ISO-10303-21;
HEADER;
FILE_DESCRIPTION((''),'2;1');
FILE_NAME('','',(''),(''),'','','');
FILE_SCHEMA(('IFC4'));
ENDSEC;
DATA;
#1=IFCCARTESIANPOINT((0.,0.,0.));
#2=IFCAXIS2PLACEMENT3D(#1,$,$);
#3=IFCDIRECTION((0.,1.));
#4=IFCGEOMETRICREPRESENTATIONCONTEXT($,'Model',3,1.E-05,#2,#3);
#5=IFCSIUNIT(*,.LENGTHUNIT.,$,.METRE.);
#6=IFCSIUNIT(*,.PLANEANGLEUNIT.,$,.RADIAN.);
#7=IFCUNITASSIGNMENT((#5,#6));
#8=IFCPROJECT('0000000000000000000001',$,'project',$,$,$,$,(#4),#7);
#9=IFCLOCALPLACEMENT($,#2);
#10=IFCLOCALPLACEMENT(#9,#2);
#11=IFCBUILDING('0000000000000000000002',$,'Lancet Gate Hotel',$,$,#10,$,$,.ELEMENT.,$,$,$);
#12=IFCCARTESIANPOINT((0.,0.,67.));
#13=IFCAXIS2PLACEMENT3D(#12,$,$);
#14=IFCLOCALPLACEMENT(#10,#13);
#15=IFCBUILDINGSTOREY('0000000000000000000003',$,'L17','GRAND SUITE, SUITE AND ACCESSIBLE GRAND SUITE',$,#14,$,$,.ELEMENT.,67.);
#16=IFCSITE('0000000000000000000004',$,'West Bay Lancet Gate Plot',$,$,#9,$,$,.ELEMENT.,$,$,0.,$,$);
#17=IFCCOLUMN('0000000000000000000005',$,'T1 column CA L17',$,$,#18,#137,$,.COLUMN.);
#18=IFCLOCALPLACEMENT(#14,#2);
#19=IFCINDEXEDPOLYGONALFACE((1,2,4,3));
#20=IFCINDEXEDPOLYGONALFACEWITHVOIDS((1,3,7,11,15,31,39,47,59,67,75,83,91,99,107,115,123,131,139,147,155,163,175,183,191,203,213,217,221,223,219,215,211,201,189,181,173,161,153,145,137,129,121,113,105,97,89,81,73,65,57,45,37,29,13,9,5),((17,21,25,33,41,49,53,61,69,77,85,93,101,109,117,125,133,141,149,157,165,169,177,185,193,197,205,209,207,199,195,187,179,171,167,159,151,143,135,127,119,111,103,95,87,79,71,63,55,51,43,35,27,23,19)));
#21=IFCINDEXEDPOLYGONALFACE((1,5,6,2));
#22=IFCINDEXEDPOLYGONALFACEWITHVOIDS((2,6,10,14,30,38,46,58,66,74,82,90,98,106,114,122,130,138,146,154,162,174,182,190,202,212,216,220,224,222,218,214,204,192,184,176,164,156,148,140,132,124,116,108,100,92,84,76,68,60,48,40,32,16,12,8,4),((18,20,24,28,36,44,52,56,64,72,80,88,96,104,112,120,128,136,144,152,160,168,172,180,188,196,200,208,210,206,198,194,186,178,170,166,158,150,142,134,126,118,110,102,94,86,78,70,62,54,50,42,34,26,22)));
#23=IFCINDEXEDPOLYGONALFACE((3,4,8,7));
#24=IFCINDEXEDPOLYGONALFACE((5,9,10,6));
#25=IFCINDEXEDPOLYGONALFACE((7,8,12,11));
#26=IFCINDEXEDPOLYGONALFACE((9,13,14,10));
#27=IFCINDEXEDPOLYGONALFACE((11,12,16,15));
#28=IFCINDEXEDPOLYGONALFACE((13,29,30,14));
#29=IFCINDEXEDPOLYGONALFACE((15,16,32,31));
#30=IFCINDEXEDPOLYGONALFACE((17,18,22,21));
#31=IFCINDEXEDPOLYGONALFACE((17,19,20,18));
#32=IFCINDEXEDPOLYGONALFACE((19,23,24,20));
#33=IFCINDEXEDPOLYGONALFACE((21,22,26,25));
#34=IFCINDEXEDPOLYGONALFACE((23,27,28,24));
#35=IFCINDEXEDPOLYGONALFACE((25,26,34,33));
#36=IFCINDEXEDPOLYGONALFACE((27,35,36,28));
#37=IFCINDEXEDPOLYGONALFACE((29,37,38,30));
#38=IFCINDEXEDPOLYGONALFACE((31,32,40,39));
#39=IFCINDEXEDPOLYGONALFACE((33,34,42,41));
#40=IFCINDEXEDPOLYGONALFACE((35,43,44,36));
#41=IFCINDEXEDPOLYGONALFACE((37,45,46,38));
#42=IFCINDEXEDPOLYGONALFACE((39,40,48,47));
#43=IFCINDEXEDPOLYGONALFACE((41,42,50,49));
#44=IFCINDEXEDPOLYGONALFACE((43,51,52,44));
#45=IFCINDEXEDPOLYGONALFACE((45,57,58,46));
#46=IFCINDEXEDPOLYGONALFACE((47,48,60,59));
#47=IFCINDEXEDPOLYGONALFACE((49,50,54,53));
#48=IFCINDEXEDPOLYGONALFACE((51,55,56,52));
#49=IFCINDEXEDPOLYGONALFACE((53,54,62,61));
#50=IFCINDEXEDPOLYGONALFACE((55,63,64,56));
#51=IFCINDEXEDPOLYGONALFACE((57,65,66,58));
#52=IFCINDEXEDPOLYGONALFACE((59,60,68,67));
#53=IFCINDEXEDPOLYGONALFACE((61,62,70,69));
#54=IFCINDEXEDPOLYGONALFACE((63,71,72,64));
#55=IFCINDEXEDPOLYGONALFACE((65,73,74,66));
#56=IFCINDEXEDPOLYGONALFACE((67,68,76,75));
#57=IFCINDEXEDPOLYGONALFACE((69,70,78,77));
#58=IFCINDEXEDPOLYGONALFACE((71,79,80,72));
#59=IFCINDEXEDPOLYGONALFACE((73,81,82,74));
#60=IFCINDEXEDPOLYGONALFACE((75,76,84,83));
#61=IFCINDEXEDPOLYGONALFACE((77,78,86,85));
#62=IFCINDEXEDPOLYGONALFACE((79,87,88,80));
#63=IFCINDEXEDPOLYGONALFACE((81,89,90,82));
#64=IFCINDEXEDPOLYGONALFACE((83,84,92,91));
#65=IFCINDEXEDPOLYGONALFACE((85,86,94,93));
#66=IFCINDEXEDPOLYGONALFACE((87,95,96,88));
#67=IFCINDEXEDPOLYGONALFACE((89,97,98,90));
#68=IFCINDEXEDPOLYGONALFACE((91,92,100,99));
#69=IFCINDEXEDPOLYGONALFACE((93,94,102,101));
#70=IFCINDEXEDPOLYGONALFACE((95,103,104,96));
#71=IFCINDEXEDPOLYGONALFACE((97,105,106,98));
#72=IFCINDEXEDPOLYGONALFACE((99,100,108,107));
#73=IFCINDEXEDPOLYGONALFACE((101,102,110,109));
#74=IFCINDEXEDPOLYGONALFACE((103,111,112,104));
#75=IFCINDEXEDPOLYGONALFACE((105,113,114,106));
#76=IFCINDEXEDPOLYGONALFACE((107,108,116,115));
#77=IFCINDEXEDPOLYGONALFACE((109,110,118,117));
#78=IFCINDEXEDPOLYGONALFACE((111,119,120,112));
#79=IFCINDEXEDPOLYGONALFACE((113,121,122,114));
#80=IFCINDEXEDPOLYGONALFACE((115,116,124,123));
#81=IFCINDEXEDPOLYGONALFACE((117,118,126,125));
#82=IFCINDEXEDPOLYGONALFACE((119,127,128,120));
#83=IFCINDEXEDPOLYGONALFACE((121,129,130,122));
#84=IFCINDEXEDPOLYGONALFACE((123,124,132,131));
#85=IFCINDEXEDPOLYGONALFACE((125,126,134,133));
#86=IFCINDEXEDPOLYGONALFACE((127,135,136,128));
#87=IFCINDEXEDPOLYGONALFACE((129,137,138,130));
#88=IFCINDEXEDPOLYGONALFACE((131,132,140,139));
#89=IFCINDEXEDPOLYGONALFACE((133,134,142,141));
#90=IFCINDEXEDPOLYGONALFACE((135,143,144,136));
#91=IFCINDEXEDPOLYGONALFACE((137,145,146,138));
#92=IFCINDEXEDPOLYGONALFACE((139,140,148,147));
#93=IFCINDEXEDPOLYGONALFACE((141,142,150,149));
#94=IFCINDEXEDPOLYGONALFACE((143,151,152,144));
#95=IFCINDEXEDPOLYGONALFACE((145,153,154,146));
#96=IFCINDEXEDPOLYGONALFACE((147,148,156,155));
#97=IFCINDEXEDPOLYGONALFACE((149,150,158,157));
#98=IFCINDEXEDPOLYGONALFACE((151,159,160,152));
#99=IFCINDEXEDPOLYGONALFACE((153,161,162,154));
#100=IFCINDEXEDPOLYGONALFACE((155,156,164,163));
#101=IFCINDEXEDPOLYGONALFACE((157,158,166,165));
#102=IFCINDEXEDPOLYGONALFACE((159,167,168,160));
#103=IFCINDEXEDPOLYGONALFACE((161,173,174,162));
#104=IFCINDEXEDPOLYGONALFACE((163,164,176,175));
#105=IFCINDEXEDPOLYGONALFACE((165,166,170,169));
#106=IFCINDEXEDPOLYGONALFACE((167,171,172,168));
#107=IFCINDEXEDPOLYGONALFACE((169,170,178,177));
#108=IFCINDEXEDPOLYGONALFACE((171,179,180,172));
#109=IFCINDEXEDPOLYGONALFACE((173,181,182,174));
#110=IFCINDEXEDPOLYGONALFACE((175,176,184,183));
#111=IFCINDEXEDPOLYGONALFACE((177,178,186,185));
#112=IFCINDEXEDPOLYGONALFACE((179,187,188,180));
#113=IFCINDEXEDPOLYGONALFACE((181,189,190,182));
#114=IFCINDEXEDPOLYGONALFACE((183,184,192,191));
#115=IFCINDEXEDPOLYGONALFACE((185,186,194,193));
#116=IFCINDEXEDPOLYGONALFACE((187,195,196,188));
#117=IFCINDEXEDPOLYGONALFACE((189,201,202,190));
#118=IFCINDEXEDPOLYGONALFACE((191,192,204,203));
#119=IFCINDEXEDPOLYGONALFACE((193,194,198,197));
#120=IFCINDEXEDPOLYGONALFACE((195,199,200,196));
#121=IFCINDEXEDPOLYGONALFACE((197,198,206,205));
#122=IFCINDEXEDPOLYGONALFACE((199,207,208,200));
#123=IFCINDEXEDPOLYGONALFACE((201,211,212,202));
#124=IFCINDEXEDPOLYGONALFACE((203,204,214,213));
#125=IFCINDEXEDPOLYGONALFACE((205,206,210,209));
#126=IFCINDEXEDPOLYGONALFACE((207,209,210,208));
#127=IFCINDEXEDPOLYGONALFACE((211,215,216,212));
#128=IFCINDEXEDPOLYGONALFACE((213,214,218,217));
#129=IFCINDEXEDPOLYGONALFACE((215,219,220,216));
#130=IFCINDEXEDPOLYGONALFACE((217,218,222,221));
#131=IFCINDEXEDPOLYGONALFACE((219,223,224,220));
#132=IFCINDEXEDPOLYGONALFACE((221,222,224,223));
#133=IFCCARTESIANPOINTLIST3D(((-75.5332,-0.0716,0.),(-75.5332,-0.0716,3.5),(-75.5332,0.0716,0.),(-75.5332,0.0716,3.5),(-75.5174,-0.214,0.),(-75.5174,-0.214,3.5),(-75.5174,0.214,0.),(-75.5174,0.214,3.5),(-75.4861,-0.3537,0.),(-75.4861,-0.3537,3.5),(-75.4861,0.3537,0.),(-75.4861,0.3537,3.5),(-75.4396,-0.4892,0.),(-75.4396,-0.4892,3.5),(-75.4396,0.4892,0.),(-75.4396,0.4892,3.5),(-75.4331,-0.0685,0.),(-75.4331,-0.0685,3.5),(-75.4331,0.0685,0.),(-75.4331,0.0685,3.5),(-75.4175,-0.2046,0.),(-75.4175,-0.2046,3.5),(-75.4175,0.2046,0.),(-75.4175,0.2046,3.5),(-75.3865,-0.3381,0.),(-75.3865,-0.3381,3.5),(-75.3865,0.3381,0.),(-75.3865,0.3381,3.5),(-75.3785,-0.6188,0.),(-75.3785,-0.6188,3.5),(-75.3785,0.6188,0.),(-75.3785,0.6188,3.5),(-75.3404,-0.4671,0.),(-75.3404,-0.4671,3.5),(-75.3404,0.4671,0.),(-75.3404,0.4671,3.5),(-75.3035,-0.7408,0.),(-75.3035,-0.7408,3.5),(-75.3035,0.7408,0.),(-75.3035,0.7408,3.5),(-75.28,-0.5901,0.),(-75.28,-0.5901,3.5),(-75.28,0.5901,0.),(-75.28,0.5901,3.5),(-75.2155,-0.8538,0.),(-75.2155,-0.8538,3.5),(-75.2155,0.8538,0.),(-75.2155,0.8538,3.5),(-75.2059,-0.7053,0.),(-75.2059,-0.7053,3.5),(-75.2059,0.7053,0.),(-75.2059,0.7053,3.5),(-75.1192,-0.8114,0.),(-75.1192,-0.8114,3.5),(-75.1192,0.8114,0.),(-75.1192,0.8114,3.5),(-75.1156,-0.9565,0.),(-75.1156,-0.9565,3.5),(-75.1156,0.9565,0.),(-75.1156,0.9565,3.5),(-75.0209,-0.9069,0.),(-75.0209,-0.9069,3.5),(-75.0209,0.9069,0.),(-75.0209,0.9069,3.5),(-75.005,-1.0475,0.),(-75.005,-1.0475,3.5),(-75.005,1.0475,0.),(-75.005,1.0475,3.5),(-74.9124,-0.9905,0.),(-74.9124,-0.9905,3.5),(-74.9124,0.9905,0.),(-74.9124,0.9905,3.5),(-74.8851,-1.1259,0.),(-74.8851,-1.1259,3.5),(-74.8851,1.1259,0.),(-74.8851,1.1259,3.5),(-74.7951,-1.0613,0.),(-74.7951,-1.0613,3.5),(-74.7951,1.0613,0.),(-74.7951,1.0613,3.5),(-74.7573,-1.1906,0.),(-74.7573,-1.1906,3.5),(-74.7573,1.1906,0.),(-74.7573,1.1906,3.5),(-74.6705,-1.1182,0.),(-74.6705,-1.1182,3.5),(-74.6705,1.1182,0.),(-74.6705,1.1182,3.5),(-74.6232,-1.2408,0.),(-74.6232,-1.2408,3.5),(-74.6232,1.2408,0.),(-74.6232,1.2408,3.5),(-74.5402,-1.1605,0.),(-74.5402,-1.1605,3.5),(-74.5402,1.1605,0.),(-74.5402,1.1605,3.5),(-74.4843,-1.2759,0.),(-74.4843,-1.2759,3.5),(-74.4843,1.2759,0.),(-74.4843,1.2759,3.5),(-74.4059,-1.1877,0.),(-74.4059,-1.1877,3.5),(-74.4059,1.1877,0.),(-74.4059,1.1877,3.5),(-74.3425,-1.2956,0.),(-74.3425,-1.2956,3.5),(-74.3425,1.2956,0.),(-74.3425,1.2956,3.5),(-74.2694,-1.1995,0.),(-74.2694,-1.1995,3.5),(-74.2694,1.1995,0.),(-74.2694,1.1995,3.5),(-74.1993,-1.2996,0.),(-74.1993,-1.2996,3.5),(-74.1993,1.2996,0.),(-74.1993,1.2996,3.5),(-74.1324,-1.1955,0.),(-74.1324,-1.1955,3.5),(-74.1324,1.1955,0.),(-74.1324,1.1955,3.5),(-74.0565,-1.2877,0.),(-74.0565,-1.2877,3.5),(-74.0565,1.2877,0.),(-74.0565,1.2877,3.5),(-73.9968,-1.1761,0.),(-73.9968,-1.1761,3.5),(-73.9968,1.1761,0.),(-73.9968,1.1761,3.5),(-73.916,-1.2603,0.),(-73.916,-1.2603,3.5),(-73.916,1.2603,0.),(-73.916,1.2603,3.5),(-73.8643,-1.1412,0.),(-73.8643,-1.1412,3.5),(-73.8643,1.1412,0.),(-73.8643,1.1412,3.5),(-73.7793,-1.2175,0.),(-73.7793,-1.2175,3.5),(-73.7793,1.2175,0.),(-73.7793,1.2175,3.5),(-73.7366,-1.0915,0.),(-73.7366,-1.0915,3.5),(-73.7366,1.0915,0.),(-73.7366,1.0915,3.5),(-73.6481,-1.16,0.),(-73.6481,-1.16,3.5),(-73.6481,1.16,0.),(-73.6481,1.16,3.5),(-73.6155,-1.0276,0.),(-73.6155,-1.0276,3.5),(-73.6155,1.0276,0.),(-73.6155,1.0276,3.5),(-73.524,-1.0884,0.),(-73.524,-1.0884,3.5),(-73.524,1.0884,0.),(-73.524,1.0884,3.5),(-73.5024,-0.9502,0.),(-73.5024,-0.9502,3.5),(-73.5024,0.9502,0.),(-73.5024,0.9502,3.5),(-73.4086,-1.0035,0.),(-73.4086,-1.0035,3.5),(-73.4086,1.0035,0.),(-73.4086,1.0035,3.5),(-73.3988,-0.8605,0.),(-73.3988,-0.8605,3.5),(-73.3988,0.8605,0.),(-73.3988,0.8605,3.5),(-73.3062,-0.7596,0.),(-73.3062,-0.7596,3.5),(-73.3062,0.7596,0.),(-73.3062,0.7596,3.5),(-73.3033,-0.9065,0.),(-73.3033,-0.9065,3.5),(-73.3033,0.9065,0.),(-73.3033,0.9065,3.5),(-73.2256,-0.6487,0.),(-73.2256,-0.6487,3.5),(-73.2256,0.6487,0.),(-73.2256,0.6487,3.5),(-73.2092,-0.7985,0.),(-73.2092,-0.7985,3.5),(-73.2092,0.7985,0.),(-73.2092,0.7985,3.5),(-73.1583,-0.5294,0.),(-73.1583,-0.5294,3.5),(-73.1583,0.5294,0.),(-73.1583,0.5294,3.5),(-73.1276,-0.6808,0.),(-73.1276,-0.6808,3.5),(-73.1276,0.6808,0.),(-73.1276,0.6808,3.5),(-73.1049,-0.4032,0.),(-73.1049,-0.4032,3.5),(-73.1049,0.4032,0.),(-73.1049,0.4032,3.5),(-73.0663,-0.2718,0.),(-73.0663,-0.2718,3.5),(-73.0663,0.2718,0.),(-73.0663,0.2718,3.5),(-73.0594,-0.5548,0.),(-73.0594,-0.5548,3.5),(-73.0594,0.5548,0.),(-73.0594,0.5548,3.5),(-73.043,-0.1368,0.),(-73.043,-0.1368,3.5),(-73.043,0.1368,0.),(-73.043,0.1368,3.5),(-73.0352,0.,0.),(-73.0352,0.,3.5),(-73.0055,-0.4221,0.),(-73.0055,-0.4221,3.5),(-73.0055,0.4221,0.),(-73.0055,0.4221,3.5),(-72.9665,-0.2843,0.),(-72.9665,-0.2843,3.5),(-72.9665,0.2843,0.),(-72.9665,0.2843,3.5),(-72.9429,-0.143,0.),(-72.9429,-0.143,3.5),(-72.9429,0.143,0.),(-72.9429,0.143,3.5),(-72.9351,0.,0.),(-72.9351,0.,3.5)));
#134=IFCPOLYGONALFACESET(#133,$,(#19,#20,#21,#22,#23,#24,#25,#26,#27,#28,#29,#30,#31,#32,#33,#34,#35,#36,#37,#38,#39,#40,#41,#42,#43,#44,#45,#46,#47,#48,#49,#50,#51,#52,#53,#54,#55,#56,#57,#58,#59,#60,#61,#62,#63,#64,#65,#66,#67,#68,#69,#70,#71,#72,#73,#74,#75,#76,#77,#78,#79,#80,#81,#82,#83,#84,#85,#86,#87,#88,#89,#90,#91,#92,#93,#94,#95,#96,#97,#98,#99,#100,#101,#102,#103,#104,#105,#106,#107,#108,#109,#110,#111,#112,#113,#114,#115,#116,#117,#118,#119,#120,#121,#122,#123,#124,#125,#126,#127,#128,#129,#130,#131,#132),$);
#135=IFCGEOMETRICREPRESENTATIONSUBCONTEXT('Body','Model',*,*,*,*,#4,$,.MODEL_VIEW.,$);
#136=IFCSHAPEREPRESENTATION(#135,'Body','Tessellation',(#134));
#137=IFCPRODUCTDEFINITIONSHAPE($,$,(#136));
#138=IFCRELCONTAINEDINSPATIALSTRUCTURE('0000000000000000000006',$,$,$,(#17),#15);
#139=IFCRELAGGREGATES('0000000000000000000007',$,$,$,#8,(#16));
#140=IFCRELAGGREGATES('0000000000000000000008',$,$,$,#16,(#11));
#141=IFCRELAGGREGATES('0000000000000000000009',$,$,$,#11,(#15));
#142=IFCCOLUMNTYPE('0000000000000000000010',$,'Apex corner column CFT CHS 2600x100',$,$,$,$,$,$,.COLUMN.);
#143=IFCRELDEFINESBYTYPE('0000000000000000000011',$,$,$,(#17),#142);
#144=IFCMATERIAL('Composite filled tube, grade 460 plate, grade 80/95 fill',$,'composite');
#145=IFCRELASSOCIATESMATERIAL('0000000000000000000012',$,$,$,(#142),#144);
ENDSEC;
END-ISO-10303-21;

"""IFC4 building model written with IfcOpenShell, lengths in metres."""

from ifc_helpers import new_model, si_unit, direction, frame, origin, origin_2d, place, context, subcontext, project, spatial, hollow_circle, extrude, material, material_profile, profile_set, type_object, element, save


model = new_model("IFC4")

# Units and contexts
model_context = context("Model", 3, precision=1e-05, world=origin(), true_north=direction((0.0, 1.0)))
body_context = subcontext(model_context, "Body", "Model", "MODEL_VIEW")
ifc_project = project(units=[si_unit("LENGTHUNIT", "METRE"), si_unit("PLANEANGLEUNIT", "RADIAN")], contexts=[model_context])

# Site, building, storey
site_placement = place(None, origin())
site = spatial("IfcSite", under=ifc_project, at=site_placement, Name="West Bay Lancet Gate Plot", CompositionType="ELEMENT", RefElevation=0.0)
building_placement = place(site_placement, origin())
building = spatial("IfcBuilding", under=site, at=building_placement, Name="Lancet Gate Hotel", CompositionType="ELEMENT")
storey_placement = place(building_placement, frame((0.0, 0.0, 67.0)))
storey = spatial("IfcBuildingStorey", under=building, at=storey_placement, Name="L17", Description="GRAND SUITE, SUITE AND ACCESSIBLE GRAND SUITE", CompositionType="ELEMENT", Elevation=67.0)

# Column
ifc_material_1 = material(Name="Composite filled tube, grade 460 plate, grade 80/95 fill", Category="composite")
ifc_material_profile_1 = material_profile(ifc_material_1, hollow_circle(Radius=1.3, WallThickness=0.1001, at=origin_2d()), Name="CHS 2600x100")
ifc_profile_set_1 = profile_set([ifc_material_profile_1], Name="Composite filled tube, grade 460 plate, grade 80/95 fill")
column_type_1 = type_object("IfcColumnType", Name="Apex corner column CFT CHS 2600x100", PredefinedType="COLUMN", material=ifc_profile_set_1)
column_1_placement = place(storey_placement, frame((-74.2351, 0.0, 0.0), z_axis=(0.0, 0.0, 1.0), x_axis=(1.0, 0.0, 0.0)))
element("IfcColumn", 1, at=column_1_placement, inside=storey, type_object=column_type_1, Name="T1 column CA L17", PredefinedType="COLUMN", context=body_context, shape_type="SweptSolid", body=[
    extrude(hollow_circle(Radius=1.3, WallThickness=0.1001, at=origin_2d()), origin(), (0.0, 0.0, 1.0), 3.5),
])

save(model, "model.ifc")
